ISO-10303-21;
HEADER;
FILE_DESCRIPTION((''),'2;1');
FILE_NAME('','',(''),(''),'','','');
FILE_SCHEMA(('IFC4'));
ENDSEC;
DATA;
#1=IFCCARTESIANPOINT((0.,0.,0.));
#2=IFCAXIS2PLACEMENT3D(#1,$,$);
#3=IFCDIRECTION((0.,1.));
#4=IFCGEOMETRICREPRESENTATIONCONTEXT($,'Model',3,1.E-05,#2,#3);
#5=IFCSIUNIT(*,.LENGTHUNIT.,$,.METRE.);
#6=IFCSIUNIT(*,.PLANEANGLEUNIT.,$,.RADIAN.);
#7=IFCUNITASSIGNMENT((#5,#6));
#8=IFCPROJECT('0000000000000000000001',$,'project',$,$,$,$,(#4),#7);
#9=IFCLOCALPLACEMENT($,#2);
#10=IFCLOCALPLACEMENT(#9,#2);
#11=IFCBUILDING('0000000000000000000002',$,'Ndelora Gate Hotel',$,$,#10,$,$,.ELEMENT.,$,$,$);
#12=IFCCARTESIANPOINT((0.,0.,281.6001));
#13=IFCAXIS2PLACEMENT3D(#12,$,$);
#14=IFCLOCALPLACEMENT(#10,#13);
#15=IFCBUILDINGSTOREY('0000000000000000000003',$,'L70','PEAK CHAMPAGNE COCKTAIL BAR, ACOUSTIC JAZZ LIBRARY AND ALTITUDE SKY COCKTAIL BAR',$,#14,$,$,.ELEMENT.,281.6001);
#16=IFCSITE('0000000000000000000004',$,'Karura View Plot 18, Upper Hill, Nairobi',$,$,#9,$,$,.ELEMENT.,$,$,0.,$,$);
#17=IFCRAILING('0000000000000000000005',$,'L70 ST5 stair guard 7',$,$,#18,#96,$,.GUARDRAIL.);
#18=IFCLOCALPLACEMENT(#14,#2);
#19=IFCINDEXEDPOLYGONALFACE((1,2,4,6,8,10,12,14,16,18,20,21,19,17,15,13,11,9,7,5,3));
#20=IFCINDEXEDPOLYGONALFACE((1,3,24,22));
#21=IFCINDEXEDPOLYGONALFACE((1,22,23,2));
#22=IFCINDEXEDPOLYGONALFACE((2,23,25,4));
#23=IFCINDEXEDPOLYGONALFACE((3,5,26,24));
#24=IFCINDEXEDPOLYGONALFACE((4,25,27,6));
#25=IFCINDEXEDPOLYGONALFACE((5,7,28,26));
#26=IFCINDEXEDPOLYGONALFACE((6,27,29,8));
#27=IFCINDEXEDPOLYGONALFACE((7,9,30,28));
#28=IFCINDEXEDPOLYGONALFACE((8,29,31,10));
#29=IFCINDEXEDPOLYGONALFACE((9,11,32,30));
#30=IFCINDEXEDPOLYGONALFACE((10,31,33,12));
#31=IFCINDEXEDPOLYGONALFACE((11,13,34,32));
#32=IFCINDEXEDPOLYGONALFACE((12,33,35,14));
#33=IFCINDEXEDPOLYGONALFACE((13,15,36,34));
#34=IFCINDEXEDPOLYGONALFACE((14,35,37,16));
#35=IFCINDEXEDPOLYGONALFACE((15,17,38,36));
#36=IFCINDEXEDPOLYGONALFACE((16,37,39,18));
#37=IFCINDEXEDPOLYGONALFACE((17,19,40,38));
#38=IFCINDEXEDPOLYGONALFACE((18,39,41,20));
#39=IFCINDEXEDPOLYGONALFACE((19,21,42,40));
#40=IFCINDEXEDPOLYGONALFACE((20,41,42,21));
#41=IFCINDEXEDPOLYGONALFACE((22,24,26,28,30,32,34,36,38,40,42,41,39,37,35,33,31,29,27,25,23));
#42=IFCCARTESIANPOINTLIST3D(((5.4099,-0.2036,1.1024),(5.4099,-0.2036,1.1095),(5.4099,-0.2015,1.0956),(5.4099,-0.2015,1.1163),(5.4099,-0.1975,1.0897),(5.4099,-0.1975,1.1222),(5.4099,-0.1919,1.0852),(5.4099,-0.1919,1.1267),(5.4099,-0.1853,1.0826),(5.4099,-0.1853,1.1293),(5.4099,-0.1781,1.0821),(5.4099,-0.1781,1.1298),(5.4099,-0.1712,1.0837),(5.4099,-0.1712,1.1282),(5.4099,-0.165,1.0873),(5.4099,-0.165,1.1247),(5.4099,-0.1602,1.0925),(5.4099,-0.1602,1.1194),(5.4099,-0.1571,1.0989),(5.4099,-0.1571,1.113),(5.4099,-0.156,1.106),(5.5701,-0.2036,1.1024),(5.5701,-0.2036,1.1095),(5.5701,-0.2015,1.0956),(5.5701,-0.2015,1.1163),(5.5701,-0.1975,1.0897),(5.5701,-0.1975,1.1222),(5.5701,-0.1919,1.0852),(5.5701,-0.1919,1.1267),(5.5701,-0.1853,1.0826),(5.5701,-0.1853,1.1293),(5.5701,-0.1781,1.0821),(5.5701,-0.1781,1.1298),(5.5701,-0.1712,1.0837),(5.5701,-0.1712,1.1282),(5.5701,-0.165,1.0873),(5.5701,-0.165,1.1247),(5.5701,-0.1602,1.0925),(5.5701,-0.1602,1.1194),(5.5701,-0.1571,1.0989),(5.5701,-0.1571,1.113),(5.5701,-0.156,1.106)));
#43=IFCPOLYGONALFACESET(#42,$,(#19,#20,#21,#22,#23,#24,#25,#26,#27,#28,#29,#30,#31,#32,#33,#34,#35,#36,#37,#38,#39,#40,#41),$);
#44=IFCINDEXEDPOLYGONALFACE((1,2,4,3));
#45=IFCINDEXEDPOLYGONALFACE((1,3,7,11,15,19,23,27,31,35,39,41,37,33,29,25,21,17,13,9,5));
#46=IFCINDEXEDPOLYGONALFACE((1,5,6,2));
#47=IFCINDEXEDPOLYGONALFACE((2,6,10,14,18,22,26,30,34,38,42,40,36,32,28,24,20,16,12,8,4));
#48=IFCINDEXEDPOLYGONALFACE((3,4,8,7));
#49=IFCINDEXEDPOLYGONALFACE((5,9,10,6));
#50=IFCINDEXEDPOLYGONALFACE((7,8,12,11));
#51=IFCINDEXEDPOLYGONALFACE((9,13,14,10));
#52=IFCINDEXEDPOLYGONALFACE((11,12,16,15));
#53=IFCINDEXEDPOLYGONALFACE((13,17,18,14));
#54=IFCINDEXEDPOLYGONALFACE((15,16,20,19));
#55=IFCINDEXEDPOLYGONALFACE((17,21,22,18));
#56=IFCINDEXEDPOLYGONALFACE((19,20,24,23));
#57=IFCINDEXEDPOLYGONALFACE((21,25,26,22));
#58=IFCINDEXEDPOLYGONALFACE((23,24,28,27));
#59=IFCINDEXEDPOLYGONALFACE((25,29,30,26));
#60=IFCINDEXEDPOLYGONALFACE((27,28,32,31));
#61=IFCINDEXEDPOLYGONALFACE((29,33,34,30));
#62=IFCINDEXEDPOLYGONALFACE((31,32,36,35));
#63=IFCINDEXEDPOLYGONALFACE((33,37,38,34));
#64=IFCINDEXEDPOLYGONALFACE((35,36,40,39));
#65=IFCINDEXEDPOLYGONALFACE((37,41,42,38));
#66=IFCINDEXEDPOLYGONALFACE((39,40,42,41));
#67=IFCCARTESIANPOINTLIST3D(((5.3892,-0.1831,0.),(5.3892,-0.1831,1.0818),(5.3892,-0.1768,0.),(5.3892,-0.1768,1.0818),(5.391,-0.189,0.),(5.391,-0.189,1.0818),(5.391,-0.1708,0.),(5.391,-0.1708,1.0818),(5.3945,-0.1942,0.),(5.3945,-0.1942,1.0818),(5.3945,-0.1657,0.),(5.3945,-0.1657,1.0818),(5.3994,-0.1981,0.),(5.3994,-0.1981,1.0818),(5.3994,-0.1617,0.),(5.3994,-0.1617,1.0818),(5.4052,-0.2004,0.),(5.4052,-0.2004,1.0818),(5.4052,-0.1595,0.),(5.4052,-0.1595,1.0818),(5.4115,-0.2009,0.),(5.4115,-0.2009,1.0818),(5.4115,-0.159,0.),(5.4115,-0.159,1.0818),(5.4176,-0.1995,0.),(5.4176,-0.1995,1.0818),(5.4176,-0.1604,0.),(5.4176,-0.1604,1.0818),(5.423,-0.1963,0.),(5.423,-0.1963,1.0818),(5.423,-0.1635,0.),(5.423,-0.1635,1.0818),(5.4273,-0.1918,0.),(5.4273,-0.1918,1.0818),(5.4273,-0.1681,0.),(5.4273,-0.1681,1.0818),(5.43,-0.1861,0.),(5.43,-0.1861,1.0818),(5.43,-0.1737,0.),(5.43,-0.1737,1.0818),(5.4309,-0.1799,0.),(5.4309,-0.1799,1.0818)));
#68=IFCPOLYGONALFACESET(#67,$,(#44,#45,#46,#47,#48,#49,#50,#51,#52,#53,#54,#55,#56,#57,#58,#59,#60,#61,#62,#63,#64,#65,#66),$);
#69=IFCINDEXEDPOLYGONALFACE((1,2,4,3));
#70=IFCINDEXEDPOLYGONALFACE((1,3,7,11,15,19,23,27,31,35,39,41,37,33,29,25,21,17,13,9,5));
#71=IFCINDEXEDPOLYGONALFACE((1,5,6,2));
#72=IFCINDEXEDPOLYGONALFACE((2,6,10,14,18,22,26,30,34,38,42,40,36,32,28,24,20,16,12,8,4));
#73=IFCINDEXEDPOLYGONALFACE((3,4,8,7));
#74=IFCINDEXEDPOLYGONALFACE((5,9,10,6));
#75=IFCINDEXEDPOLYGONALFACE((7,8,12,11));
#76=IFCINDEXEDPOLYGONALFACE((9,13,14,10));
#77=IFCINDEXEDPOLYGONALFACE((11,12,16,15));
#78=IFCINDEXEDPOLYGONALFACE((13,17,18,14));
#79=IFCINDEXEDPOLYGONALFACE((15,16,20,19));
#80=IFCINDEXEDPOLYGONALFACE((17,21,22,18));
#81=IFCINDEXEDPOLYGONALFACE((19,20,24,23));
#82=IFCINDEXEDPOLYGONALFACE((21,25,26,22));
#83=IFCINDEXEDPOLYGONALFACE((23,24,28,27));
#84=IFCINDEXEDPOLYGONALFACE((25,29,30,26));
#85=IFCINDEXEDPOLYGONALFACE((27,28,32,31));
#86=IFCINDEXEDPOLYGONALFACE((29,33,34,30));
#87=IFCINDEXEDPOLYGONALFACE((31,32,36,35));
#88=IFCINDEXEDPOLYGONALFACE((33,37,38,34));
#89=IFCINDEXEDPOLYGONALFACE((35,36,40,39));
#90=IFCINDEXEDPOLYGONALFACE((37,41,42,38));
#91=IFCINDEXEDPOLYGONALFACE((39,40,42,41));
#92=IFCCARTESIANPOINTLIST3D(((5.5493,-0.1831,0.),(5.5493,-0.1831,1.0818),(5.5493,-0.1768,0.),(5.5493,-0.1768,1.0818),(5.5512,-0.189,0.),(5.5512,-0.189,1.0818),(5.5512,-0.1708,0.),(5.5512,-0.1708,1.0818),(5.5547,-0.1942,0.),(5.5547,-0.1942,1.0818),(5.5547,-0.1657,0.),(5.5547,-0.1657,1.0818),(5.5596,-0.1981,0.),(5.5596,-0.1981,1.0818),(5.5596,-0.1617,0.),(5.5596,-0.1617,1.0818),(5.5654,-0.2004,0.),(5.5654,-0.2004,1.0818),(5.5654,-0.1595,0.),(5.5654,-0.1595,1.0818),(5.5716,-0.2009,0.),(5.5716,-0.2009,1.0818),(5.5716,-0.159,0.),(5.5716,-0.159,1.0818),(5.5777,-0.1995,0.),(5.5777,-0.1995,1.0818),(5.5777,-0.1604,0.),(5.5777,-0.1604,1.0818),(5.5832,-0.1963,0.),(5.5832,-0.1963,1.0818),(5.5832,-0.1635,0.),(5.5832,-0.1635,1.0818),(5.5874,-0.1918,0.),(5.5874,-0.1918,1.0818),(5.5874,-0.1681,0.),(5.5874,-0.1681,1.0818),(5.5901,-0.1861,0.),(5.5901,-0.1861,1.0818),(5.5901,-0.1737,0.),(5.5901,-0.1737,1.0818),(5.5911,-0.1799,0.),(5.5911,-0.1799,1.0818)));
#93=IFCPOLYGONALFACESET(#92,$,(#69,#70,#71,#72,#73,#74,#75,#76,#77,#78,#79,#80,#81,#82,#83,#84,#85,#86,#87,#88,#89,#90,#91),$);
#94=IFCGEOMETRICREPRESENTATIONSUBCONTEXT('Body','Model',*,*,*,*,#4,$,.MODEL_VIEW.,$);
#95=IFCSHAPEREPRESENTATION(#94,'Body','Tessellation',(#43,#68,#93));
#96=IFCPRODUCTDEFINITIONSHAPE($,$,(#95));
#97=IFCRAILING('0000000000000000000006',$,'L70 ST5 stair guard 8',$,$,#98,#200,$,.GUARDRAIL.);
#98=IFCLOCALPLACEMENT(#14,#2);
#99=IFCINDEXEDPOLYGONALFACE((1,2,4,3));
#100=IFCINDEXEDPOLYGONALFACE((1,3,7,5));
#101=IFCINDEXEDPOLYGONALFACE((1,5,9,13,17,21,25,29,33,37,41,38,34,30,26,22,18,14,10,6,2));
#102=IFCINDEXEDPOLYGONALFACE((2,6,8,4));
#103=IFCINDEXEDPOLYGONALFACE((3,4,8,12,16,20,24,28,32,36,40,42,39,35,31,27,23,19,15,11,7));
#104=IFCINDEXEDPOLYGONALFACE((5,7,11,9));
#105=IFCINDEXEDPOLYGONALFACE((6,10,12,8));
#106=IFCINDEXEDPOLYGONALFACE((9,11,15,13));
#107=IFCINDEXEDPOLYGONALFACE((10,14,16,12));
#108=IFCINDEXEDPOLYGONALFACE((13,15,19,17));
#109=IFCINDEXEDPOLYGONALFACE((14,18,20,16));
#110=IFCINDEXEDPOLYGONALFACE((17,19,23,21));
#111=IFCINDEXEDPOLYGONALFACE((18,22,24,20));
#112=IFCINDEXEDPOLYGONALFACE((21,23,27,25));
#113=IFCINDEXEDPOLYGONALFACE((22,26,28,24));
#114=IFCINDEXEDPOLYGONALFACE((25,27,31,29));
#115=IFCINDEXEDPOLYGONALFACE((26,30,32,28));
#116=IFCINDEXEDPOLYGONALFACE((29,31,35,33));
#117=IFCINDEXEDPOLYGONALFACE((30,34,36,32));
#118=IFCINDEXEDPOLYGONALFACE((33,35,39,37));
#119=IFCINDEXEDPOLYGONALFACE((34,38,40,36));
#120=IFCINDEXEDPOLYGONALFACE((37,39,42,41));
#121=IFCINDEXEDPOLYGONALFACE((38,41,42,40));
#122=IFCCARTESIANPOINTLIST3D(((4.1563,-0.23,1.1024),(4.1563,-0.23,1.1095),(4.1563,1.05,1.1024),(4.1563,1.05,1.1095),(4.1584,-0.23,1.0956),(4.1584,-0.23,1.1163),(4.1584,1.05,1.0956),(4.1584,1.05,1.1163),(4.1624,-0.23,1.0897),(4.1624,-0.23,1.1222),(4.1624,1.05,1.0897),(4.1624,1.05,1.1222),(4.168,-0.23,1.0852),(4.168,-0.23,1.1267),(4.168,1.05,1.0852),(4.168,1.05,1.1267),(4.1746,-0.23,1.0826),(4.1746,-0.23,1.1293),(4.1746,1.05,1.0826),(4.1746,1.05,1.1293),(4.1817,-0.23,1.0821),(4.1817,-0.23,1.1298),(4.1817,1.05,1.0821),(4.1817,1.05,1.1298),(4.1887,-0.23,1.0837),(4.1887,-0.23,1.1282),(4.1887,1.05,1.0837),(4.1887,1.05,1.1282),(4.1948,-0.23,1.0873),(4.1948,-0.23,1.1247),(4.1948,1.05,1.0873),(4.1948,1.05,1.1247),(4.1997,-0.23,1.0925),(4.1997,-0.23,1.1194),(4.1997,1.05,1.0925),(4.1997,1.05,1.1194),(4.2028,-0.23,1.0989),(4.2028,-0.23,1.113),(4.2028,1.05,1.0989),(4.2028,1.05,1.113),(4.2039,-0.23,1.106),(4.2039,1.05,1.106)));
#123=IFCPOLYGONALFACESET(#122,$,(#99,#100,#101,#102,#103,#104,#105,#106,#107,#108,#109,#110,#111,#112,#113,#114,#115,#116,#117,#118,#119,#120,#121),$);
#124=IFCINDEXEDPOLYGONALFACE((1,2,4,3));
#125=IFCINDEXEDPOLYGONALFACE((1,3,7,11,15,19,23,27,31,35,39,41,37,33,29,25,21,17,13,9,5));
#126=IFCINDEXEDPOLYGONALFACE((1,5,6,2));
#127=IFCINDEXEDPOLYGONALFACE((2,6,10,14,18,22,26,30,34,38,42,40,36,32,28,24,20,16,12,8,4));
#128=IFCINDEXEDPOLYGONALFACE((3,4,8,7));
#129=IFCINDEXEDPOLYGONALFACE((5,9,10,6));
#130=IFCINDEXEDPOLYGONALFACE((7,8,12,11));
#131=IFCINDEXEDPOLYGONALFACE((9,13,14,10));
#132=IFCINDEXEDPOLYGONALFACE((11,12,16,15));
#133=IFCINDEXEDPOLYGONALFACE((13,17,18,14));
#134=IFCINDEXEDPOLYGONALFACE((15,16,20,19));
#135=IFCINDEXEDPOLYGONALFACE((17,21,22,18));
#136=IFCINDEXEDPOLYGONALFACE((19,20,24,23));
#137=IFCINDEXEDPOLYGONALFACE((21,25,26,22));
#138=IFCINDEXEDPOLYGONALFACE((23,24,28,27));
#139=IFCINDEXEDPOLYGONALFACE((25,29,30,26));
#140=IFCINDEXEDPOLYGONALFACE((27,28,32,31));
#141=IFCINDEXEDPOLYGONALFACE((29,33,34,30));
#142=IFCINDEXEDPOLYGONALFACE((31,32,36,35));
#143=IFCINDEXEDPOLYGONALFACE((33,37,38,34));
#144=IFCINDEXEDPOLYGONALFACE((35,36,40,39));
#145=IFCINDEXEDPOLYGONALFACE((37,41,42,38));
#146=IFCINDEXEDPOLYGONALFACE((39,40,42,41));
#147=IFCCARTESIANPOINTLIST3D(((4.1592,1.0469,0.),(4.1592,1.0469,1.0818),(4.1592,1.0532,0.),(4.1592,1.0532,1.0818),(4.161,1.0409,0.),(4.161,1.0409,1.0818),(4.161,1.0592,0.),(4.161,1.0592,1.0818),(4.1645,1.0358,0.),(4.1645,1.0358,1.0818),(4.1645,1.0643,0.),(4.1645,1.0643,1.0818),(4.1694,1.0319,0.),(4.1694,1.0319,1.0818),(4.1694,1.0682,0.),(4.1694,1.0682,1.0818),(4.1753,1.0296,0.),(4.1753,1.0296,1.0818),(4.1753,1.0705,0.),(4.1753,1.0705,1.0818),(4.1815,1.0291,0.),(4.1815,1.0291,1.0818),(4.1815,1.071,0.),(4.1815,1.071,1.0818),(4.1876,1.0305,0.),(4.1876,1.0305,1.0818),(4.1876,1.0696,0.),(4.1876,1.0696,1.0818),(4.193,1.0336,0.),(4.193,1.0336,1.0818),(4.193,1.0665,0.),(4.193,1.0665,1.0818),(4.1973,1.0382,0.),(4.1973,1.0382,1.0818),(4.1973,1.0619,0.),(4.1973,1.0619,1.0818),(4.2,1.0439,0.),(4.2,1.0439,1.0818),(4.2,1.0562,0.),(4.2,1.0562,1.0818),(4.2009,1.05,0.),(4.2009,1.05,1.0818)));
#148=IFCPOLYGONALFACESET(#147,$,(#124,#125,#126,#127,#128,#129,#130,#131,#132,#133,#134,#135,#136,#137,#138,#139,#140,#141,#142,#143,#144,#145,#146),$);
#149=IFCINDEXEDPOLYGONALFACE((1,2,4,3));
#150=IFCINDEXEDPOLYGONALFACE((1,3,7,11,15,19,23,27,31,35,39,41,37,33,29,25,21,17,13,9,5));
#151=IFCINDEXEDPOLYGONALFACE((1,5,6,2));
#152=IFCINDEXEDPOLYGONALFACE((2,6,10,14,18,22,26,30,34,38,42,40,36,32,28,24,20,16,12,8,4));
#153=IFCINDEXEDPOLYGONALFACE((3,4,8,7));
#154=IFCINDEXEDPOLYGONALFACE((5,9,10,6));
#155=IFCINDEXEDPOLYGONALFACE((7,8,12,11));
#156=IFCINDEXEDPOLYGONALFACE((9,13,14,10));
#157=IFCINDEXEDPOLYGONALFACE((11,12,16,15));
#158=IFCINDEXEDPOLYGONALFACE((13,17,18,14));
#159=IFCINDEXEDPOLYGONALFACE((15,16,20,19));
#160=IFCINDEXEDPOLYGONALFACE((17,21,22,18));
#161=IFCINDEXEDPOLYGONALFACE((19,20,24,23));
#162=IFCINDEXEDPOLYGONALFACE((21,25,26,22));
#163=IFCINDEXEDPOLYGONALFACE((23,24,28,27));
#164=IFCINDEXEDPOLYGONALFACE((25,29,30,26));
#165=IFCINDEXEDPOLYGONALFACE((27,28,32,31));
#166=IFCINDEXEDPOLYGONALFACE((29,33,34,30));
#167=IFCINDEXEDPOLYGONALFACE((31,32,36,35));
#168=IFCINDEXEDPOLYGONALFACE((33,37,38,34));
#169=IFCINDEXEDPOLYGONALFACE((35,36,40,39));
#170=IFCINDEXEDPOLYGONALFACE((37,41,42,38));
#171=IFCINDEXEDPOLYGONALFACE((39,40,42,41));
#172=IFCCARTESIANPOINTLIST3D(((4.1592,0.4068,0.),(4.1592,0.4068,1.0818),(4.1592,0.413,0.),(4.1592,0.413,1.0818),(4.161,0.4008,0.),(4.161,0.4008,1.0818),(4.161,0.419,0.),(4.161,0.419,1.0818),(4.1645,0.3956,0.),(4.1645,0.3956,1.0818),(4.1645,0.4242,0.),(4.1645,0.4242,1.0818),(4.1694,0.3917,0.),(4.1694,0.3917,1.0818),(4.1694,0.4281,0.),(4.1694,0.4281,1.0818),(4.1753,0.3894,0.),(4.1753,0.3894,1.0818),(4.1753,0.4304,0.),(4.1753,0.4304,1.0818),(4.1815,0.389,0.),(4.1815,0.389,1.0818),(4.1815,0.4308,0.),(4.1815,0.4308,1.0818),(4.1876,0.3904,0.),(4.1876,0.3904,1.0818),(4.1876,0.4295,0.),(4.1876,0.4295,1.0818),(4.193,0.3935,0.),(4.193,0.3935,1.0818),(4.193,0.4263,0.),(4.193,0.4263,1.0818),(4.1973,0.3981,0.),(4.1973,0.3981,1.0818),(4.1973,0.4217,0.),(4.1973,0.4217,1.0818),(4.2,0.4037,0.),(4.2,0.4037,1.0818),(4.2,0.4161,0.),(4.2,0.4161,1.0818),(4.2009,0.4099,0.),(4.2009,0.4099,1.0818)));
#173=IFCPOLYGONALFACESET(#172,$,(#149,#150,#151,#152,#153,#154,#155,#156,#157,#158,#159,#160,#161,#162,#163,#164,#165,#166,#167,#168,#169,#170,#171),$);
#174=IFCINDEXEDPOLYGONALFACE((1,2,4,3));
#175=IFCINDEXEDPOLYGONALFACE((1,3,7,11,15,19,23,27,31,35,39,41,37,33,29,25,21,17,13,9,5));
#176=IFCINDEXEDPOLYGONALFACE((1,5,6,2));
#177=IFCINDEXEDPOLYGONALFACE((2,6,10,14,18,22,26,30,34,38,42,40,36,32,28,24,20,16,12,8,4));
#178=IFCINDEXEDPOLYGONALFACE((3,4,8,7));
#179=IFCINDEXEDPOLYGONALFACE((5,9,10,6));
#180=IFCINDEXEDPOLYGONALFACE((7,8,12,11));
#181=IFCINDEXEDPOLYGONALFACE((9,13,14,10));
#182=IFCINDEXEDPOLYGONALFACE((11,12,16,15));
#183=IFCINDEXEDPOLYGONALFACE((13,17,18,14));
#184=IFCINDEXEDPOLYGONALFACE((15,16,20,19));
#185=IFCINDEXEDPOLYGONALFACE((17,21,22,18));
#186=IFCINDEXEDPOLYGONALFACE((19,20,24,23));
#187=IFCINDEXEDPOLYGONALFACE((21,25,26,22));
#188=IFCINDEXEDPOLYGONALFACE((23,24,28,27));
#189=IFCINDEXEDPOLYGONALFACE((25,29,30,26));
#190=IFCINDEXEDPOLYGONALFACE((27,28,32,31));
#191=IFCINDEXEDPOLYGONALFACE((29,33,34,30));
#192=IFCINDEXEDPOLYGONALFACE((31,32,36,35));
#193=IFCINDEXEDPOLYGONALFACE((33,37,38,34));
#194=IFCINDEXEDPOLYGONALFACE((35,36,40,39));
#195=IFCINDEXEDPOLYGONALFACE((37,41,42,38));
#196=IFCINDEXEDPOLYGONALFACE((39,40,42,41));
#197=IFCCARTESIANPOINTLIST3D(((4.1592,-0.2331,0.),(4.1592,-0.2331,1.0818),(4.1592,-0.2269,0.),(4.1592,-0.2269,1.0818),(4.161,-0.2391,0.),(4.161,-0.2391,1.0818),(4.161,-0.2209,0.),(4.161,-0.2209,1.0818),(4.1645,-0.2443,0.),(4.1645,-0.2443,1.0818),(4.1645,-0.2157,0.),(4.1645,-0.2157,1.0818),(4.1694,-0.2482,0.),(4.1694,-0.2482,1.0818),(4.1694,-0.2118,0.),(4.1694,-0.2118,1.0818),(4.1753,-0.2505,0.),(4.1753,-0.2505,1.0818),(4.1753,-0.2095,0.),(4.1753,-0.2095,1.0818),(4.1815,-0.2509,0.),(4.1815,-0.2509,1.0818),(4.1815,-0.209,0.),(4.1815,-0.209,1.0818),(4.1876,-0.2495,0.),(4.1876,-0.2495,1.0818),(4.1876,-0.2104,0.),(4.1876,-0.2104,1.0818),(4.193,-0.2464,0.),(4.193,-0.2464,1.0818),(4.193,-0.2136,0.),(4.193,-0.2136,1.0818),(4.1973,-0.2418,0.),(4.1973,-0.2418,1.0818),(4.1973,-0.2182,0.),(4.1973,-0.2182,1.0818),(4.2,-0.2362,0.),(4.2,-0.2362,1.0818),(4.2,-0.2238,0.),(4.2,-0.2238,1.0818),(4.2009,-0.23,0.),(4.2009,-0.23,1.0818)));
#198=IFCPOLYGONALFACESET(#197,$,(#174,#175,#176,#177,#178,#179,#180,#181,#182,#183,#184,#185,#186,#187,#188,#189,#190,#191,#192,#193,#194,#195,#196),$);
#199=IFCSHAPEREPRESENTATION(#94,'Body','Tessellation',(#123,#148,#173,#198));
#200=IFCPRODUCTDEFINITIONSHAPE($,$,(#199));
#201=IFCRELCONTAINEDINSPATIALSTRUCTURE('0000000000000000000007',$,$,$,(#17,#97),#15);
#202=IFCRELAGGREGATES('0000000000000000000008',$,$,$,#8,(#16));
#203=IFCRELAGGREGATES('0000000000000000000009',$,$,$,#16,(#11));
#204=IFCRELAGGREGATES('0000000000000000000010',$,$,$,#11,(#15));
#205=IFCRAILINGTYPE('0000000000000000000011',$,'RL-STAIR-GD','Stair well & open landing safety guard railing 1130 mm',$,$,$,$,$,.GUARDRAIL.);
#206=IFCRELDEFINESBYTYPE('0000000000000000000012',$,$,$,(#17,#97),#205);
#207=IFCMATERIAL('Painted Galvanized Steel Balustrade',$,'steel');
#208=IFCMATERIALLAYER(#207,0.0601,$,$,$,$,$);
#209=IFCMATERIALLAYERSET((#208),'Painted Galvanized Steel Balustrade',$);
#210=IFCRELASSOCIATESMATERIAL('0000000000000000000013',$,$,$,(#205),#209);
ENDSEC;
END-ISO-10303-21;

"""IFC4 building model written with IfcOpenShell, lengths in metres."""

from ifc_helpers import new_model, si_unit, direction, frame, origin, origin_2d, place, context, subcontext, project, spatial, circle, extrude, material, layer, layer_set, type_object, element, save


model = new_model("IFC4")

# Units and contexts
model_context = context("Model", 3, precision=1e-05, world=origin(), true_north=direction((0.0, 1.0)))
body_context = subcontext(model_context, "Body", "Model", "MODEL_VIEW")
ifc_project = project(units=[si_unit("LENGTHUNIT", "METRE"), si_unit("PLANEANGLEUNIT", "RADIAN")], contexts=[model_context])

# Site, building, storey
site_placement = place(None, origin())
site = spatial("IfcSite", under=ifc_project, at=site_placement, Name="Karura View Plot 18, Upper Hill, Nairobi", CompositionType="ELEMENT", RefElevation=0.0)
building_placement = place(site_placement, origin())
building = spatial("IfcBuilding", under=site, at=building_placement, Name="Ndelora Gate Hotel", CompositionType="ELEMENT")
storey_placement = place(building_placement, frame((0.0, 0.0, 281.6001)))
storey = spatial("IfcBuildingStorey", under=building, at=storey_placement, Name="L70", Description="PEAK CHAMPAGNE COCKTAIL BAR, ACOUSTIC JAZZ LIBRARY AND ALTITUDE SKY COCKTAIL BAR", CompositionType="ELEMENT", Elevation=281.6001)

# Railings
ifc_material_1 = material(Name="Painted Galvanized Steel Balustrade", Category="steel")
ifc_layer_1 = layer(ifc_material_1, 0.0601)
ifc_layer_set_1 = layer_set([ifc_layer_1], Name="Painted Galvanized Steel Balustrade")
railing_type_1 = type_object("IfcRailingType", Name="RL-STAIR-GD", Description="Stair well & open landing safety guard railing 1130 mm", PredefinedType="GUARDRAIL", material=ifc_layer_set_1)
railing_1_placement = place(storey_placement, frame((5.4099, -0.1799, 0.0)))
element("IfcRailing", 1, at=railing_1_placement, inside=storey, type_object=railing_type_1, Name="L70 ST5 stair guard 7", PredefinedType="GUARDRAIL", context=body_context, shape_type="SweptSolid", body=[
    extrude(circle(Radius=0.0239, at=origin_2d()), frame((0.0, 0.0, 1.106), z_axis=(1.0, 0.0, 0.0), x_axis=(0.0, 1.0, 0.0)), (0.0, 0.0, 1.0), 0.1602),
    extrude(circle(Radius=0.021, at=origin_2d()), origin(), (0.0, 0.0, 1.0), 1.0818),
    extrude(circle(Radius=0.021, at=origin_2d()), frame((0.1602, 0.0, 0.0)), (0.0, 0.0, 1.0), 1.0818),
])
railing_2_placement = place(storey_placement, frame((4.1799, 1.05, 0.0)))
element("IfcRailing", 2, at=railing_2_placement, inside=storey, type_object=railing_type_1, Name="L70 ST5 stair guard 8", PredefinedType="GUARDRAIL", context=body_context, shape_type="SweptSolid", body=[
    extrude(circle(Radius=0.0239, at=origin_2d()), frame((0.0, 0.0, 1.106), z_axis=(0.0, -1.0, 0.0), x_axis=(1.0, 0.0, 0.0)), (0.0, 0.0, 1.0), 1.28),
    extrude(circle(Radius=0.021, at=origin_2d()), origin(), (0.0, 0.0, 1.0), 1.0818),
    extrude(circle(Radius=0.021, at=origin_2d()), frame((0.0, -0.6401, 0.0)), (0.0, 0.0, 1.0), 1.0818),
    extrude(circle(Radius=0.021, at=origin_2d()), frame((0.0, -1.28, 0.0)), (0.0, 0.0, 1.0), 1.0818),
])

save(model, "model.ifc")
